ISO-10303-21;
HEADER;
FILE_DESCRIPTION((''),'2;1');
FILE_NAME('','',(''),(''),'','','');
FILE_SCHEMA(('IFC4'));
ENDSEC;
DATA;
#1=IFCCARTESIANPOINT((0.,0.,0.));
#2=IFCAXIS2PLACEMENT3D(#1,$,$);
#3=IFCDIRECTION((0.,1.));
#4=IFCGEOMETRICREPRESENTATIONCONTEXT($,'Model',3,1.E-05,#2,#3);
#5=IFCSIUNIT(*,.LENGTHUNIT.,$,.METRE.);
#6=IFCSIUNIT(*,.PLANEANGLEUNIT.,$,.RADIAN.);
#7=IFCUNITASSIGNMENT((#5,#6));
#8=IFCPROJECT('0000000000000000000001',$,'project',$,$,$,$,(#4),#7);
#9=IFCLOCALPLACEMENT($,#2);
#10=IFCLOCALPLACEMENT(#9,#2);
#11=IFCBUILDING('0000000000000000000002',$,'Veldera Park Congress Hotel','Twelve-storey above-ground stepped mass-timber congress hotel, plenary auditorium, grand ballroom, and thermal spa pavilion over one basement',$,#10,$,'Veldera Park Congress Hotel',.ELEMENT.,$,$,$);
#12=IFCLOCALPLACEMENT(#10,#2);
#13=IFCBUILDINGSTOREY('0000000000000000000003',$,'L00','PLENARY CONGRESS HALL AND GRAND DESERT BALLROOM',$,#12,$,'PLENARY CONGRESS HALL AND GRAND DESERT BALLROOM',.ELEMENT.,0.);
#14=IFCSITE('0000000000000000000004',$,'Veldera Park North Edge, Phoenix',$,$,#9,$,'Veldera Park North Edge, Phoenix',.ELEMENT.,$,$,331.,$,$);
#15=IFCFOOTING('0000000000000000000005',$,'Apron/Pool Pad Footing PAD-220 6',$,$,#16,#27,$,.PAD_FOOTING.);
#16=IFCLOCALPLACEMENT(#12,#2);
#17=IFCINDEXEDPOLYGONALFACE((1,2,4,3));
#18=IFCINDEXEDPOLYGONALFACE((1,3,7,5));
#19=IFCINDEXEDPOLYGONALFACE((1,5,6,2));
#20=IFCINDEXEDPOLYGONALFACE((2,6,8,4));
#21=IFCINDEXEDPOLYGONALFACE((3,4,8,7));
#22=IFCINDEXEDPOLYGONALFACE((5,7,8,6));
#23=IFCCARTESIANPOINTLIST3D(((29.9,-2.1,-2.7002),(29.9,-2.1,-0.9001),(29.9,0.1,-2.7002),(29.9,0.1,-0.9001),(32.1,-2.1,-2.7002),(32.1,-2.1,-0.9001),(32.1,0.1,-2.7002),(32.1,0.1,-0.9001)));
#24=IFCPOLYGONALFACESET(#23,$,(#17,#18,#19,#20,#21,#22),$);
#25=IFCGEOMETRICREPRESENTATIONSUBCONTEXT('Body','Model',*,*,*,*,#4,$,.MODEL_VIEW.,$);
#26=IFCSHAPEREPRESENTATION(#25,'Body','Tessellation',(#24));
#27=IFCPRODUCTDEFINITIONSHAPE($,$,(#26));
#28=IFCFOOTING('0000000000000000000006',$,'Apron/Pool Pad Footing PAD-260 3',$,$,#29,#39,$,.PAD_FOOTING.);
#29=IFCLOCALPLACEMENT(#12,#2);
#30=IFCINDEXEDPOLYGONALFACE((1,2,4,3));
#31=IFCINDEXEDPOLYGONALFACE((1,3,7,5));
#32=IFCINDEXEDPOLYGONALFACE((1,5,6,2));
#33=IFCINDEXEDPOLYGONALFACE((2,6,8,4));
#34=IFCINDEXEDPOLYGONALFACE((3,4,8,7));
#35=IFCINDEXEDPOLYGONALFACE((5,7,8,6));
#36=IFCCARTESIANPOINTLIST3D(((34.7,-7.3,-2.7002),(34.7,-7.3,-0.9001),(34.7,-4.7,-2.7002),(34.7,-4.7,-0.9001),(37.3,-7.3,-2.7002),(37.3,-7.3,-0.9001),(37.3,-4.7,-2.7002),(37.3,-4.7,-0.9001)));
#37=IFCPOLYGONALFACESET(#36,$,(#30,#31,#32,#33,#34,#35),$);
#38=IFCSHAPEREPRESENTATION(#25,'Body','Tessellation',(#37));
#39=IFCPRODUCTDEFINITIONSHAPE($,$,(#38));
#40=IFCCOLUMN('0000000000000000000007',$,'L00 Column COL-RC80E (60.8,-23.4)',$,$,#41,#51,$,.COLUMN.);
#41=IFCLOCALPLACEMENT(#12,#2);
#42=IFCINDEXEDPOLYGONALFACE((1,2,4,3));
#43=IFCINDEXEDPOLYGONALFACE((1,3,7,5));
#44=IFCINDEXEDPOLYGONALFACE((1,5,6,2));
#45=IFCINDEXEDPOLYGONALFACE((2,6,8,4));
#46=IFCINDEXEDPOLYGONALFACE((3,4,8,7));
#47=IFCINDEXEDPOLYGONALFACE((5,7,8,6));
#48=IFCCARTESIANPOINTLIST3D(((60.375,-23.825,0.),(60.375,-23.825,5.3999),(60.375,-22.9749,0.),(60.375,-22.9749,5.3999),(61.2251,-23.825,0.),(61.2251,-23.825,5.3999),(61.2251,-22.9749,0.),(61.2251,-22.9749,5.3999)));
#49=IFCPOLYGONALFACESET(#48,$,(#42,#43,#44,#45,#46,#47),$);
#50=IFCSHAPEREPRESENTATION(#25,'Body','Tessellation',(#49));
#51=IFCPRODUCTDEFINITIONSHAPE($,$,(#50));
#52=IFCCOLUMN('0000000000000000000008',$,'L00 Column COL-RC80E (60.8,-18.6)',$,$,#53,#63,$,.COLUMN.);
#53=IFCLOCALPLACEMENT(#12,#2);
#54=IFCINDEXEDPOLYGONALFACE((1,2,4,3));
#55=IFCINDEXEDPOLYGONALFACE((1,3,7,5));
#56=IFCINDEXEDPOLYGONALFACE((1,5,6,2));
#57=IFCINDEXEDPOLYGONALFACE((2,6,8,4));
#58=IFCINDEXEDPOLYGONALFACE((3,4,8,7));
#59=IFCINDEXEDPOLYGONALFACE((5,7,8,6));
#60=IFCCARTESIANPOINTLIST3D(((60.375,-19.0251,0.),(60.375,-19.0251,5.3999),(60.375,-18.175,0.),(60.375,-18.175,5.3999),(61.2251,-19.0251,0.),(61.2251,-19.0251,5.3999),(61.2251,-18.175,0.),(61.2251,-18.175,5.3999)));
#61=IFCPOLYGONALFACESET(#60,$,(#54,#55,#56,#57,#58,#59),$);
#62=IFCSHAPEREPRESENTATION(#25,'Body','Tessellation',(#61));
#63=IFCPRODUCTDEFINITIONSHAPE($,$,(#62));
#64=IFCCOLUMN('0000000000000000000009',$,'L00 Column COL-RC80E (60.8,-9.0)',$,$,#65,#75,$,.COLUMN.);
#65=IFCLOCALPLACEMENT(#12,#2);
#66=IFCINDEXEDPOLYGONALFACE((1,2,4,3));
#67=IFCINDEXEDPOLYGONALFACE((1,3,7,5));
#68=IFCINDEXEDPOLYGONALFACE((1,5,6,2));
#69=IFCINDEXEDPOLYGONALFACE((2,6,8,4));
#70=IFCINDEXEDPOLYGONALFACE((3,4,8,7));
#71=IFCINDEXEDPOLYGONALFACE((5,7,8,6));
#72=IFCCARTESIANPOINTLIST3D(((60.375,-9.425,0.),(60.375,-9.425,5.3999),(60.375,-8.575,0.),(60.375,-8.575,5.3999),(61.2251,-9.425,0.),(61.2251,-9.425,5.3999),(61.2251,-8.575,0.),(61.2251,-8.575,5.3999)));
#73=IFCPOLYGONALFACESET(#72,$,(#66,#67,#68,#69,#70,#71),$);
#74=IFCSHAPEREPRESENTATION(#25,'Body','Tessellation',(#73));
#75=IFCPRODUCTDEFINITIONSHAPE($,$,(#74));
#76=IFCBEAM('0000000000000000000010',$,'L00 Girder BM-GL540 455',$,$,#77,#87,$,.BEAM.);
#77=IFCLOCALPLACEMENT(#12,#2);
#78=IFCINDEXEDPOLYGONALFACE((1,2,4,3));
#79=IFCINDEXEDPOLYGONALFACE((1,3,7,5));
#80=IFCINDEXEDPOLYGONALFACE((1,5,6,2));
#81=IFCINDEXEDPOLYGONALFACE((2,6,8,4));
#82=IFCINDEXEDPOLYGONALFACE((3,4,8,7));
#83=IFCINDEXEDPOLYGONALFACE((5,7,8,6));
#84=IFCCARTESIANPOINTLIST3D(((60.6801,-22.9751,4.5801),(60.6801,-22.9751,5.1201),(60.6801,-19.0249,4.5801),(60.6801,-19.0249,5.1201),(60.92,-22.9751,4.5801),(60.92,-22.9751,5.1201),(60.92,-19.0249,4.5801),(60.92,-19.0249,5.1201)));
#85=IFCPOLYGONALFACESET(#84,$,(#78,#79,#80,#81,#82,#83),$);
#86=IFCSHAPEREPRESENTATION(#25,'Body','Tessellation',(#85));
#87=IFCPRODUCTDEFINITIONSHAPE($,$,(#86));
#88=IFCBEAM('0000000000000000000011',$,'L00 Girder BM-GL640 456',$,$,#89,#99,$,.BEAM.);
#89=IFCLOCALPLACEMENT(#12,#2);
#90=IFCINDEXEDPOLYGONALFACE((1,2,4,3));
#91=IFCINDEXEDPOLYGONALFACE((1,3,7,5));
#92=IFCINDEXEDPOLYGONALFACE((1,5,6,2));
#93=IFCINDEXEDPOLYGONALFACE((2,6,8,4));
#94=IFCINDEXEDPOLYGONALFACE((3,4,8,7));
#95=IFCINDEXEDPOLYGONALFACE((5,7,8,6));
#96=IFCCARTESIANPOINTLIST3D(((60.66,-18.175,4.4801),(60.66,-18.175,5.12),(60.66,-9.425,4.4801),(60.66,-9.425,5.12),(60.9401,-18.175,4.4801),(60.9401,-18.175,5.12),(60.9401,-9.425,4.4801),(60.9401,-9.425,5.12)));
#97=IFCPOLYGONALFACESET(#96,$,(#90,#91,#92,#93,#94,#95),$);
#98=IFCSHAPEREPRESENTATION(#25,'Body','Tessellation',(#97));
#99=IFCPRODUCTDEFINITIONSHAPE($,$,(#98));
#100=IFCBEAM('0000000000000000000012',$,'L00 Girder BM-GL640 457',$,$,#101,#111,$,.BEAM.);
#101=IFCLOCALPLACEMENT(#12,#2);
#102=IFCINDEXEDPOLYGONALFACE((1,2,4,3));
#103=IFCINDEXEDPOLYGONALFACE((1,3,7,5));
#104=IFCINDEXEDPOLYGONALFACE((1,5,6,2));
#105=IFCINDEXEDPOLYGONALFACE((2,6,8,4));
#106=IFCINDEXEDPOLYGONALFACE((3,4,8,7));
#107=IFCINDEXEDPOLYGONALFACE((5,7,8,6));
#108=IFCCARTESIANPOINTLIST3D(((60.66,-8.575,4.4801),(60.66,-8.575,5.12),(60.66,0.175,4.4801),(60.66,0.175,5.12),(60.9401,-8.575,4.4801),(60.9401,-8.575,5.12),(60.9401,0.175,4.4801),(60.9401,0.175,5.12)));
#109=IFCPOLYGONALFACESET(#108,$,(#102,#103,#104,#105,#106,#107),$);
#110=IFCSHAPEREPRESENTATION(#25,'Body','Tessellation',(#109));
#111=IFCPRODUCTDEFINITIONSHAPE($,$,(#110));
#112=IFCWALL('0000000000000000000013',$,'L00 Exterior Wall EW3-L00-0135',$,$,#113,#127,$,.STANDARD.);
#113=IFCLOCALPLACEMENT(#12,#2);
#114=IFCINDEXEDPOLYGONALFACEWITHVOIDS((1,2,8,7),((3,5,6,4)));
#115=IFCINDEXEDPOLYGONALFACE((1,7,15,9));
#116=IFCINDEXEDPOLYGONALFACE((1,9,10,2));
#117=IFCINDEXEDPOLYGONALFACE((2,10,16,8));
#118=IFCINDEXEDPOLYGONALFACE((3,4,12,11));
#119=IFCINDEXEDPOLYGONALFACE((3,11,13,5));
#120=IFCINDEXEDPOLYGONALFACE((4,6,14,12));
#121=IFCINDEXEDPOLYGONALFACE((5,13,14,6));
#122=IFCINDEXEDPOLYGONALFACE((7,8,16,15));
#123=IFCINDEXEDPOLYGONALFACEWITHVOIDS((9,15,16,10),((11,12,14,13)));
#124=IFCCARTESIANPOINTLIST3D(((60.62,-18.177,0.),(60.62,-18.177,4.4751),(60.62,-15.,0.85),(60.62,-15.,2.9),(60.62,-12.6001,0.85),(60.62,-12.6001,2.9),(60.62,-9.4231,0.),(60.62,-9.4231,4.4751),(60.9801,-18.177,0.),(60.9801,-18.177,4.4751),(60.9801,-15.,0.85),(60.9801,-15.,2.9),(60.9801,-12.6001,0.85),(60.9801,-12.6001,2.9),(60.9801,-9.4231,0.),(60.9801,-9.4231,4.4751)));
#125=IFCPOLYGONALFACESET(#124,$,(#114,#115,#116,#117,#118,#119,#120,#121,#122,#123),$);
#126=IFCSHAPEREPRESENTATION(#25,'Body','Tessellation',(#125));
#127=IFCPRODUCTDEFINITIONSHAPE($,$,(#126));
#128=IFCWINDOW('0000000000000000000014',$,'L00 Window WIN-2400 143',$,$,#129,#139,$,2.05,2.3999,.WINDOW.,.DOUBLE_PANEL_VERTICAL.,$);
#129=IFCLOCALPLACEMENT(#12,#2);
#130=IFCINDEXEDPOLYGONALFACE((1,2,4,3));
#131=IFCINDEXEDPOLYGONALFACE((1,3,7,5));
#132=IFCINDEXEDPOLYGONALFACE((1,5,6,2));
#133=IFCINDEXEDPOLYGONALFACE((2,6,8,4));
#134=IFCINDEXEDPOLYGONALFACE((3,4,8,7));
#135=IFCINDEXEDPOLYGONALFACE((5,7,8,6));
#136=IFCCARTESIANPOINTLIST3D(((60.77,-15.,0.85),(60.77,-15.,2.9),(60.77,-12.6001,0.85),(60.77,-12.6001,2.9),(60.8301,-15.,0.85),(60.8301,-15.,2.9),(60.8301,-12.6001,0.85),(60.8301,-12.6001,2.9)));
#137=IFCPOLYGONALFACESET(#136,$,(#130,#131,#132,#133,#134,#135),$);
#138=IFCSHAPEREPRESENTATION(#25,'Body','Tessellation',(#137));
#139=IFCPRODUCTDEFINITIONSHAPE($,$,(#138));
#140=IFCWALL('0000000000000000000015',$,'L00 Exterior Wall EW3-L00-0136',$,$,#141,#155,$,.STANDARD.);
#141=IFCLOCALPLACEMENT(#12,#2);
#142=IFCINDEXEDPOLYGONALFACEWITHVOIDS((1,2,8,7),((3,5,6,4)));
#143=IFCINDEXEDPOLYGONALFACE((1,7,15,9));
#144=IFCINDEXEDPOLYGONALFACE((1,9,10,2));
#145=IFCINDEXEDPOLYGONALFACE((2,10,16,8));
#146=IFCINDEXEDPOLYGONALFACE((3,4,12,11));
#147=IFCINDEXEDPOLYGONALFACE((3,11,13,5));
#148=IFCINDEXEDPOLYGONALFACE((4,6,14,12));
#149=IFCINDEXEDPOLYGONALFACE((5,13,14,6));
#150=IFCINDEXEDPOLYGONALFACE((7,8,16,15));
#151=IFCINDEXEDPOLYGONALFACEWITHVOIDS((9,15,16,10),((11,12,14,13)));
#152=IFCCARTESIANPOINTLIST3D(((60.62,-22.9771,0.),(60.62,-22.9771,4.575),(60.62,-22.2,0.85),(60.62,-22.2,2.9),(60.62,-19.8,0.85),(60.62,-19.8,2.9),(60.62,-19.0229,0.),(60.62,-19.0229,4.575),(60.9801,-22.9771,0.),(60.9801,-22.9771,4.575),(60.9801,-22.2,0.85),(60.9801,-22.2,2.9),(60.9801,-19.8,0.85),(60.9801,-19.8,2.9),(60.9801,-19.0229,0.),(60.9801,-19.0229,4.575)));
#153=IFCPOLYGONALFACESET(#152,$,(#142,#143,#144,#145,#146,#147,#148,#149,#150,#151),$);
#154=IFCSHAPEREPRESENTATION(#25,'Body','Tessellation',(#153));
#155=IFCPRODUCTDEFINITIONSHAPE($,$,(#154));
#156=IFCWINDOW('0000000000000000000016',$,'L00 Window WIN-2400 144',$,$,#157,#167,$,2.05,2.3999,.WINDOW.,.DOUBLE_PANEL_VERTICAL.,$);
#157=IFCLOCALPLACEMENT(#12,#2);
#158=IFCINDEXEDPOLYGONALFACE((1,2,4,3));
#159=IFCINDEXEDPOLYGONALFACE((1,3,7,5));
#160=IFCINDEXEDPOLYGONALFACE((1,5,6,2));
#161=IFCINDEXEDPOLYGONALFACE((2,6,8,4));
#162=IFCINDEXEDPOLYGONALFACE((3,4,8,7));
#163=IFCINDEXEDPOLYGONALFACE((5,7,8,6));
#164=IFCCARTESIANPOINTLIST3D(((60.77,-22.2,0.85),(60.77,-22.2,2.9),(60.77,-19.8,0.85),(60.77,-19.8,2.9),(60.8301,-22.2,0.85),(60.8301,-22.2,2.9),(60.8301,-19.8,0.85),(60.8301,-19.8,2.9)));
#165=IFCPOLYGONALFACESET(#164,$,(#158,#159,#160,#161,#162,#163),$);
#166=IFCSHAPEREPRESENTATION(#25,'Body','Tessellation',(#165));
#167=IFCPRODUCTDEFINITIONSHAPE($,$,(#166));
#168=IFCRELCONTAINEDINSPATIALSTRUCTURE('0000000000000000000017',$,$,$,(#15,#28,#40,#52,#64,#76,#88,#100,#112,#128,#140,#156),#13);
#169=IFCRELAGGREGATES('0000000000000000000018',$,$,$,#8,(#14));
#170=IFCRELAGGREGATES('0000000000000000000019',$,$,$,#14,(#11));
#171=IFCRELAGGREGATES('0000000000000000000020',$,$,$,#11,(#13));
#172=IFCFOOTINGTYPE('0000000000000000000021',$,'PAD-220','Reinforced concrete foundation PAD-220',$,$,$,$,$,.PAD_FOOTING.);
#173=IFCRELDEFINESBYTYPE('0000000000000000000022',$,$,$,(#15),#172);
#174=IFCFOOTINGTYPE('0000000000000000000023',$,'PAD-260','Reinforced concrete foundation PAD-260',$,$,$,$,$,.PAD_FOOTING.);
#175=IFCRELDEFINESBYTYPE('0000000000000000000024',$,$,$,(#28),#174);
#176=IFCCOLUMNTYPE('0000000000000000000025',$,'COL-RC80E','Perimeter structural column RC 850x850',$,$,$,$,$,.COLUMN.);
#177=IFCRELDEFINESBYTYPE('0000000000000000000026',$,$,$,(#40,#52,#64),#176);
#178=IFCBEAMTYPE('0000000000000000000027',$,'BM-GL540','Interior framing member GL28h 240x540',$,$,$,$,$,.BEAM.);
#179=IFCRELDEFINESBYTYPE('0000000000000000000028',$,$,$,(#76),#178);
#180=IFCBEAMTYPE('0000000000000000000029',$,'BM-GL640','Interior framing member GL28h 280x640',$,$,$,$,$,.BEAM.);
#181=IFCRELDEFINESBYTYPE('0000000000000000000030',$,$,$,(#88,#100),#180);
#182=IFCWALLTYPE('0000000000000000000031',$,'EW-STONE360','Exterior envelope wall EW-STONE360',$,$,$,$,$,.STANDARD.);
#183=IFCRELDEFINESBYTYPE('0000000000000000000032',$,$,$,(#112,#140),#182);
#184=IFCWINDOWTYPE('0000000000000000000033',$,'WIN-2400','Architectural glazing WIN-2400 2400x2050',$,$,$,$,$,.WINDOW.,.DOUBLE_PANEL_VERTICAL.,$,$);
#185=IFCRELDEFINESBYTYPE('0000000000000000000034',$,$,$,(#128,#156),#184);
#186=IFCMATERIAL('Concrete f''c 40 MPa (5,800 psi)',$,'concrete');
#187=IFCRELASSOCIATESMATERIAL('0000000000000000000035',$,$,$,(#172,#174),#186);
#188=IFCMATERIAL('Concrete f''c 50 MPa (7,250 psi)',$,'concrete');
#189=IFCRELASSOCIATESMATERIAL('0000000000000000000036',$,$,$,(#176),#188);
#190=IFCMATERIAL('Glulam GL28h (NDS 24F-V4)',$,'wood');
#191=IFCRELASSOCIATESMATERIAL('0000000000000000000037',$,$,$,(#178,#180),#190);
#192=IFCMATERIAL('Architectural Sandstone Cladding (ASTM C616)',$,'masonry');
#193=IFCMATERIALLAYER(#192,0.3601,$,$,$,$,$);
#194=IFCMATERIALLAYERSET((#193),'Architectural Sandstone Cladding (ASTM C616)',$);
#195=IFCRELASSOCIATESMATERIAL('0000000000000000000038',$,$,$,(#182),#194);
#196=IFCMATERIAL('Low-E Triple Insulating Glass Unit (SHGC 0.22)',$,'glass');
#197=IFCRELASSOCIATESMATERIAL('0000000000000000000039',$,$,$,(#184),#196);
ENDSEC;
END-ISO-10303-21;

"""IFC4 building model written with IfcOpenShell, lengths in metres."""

from ifc_helpers import new_model, si_unit, direction, frame, frame_2d, origin, origin_2d, place, context, subcontext, project, spatial, rectangle, extrude, material, layer, layer_set, material_profile, profile_set, type_object, element, fill, save


model = new_model("IFC4")

# Units and contexts
model_context = context("Model", 3, precision=1e-05, world=origin(), true_north=direction((0.0, 1.0)))
body_context = subcontext(model_context, "Body", "Model", "MODEL_VIEW")
ifc_project = project(units=[si_unit("LENGTHUNIT", "METRE"), si_unit("PLANEANGLEUNIT", "RADIAN")], contexts=[model_context])

# Site, building, storey
site_placement = place(None, origin())
site = spatial("IfcSite", under=ifc_project, at=site_placement, Name="Veldera Park North Edge, Phoenix", LongName="Veldera Park North Edge, Phoenix", CompositionType="ELEMENT", RefElevation=331.0)
building_placement = place(site_placement, origin())
building = spatial("IfcBuilding", under=site, at=building_placement, Name="Veldera Park Congress Hotel", Description="Twelve-storey above-ground stepped mass-timber congress hotel, plenary auditorium, grand ballroom, and thermal spa pavilion over one basement", LongName="Veldera Park Congress Hotel", CompositionType="ELEMENT")
storey_placement = place(building_placement, origin())
storey = spatial("IfcBuildingStorey", under=building, at=storey_placement, Name="L00", Description="PLENARY CONGRESS HALL AND GRAND DESERT BALLROOM", LongName="PLENARY CONGRESS HALL AND GRAND DESERT BALLROOM", CompositionType="ELEMENT", Elevation=0.0)

# Footings
ifc_material_1 = material(Name="Concrete f'c 40 MPa (5,800 psi)", Category="concrete")
footing_type_1 = type_object("IfcFootingType", Name="PAD-220", Description="Reinforced concrete foundation PAD-220", PredefinedType="PAD_FOOTING", material=ifc_material_1)
footing_1_placement = place(storey_placement, frame((31.0, -1.0, -2.7002), z_axis=(0.0, 0.0, 1.0), x_axis=(1.0, 0.0, 0.0)))
element("IfcFooting", 1, at=footing_1_placement, inside=storey, type_object=footing_type_1, Name="Apron/Pool Pad Footing PAD-220 6", PredefinedType="PAD_FOOTING", context=body_context, shape_type="SweptSolid", body=[
    extrude(rectangle(XDim=2.2, YDim=2.2, at=origin_2d()), origin(), (0.0, 0.0, 1.0), 1.8),
])
footing_type_2 = type_object("IfcFootingType", Name="PAD-260", Description="Reinforced concrete foundation PAD-260", PredefinedType="PAD_FOOTING", material=ifc_material_1)
footing_2_placement = place(storey_placement, frame((36.0, -6.0, -2.7002), z_axis=(0.0, 0.0, 1.0), x_axis=(1.0, 0.0, 0.0)))
element("IfcFooting", 2, at=footing_2_placement, inside=storey, type_object=footing_type_2, Name="Apron/Pool Pad Footing PAD-260 3", PredefinedType="PAD_FOOTING", context=body_context, shape_type="SweptSolid", body=[
    extrude(rectangle(XDim=2.6001, YDim=2.6001, at=origin_2d()), origin(), (0.0, 0.0, 1.0), 1.8),
])

# Columns
ifc_material_2 = material(Name="Concrete f'c 50 MPa (7,250 psi)", Category="concrete")
ifc_material_profile_1 = material_profile(ifc_material_2, rectangle(XDim=0.8501, YDim=0.8501, at=origin_2d()), Name="RC 850x850")
ifc_profile_set_1 = profile_set([ifc_material_profile_1], Name="Concrete f'c 50 MPa (7,250 psi)")
column_type = type_object("IfcColumnType", Name="COL-RC80E", Description="Perimeter structural column RC 850x850", PredefinedType="COLUMN", material=ifc_profile_set_1)
for number, where, z_axis, x_axis, name in (
    (3, (60.8, -23.3999, 0.0), (0.0, 0.0, 1.0), (1.0, 0.0, 0.0), "L00 Column COL-RC80E (60.8,-23.4)"),
    (4, (60.8, -18.6001, 0.0), (0.0, 0.0, 1.0), (1.0, 0.0, 0.0), "L00 Column COL-RC80E (60.8,-18.6)"),
    (5, (60.8, -9.0, 0.0), (0.0, 0.0, 1.0), (1.0, 0.0, 0.0), "L00 Column COL-RC80E (60.8,-9.0)"),
):
    element("IfcColumn", number, at=place(storey_placement, frame(where, z_axis=z_axis, x_axis=x_axis)), inside=storey, type_object=column_type, Name=name, PredefinedType="COLUMN", context=body_context, shape_type="SweptSolid", body=[
        extrude(rectangle(XDim=0.8501, YDim=0.8501, at=origin_2d()), origin(), (0.0, 0.0, 1.0), 5.3999),
    ])

# Beams
ifc_material_3 = material(Name="Glulam GL28h (NDS 24F-V4)", Category="wood")
ifc_material_profile_2 = material_profile(ifc_material_3, rectangle(XDim=0.24, YDim=0.54, at=origin_2d()), Name="GL28h 240x540")
ifc_profile_set_2 = profile_set([ifc_material_profile_2], Name="Glulam GL28h (NDS 24F-V4)")
beam_type_1 = type_object("IfcBeamType", Name="BM-GL540", Description="Interior framing member GL28h 240x540", PredefinedType="BEAM", material=ifc_profile_set_2)
beam_placement = place(storey_placement, frame((60.8, -22.9751, 4.8501), z_axis=(0.0, 1.0, 0.0), x_axis=(-1.0, 0.0, 0.0)))
element("IfcBeam", 6, at=beam_placement, inside=storey, type_object=beam_type_1, Name="L00 Girder BM-GL540 455", PredefinedType="BEAM", context=body_context, shape_type="SweptSolid", body=[
    extrude(rectangle(XDim=0.24, YDim=0.54, at=origin_2d()), origin(), (0.0, 0.0, 1.0), 3.9502),
])
ifc_material_profile_3 = material_profile(ifc_material_3, rectangle(XDim=0.28, YDim=0.6399, at=origin_2d()), Name="GL28h 280x640")
ifc_profile_set_3 = profile_set([ifc_material_profile_3], Name="Glulam GL28h (NDS 24F-V4)")
beam_type_2 = type_object("IfcBeamType", Name="BM-GL640", Description="Interior framing member GL28h 280x640", PredefinedType="BEAM", material=ifc_profile_set_3)
for number, where, z_axis, x_axis, name in (
    (7, (60.8, -18.175, 4.8), (0.0, 1.0, 0.0), (-1.0, 0.0, 0.0), "L00 Girder BM-GL640 456"),
    (8, (60.8, -8.575, 4.8), (0.0, 1.0, 0.0), (-1.0, 0.0, 0.0), "L00 Girder BM-GL640 457"),
):
    element("IfcBeam", number, at=place(storey_placement, frame(where, z_axis=z_axis, x_axis=x_axis)), inside=storey, type_object=beam_type_2, Name=name, PredefinedType="BEAM", context=body_context, shape_type="SweptSolid", body=[
        extrude(rectangle(XDim=0.28, YDim=0.6399, at=origin_2d()), origin(), (0.0, 0.0, 1.0), 8.75),
    ])

# Walls, openings, windows
ifc_material_4 = material(Name="Architectural Sandstone Cladding (ASTM C616)", Category="masonry")
ifc_layer = layer(ifc_material_4, 0.3601)
ifc_layer_set = layer_set([ifc_layer], Name="Architectural Sandstone Cladding (ASTM C616)")
wall_type = type_object("IfcWallType", Name="EW-STONE360", Description="Exterior envelope wall EW-STONE360", PredefinedType="STANDARD", material=ifc_layer_set)
wall_1_placement = place(storey_placement, frame((60.8, -9.4231, 0.0), z_axis=(0.0, 0.0, 1.0), x_axis=(0.0, -1.0, 0.0)))
wall_1 = element("IfcWall", 9, at=wall_1_placement, inside=storey, type_object=wall_type, Name="L00 Exterior Wall EW3-L00-0135", PredefinedType="STANDARD", context=body_context, shape_type="SweptSolid", body=[
    extrude(rectangle(XDim=8.7539, YDim=0.3601, at=frame_2d((4.377, 0.0))), origin(), (0.0, 0.0, 1.0), 4.4751),
])
opening_1_placement = place(wall_1_placement, frame((3.177, 0.0, 0.8501)))
opening_1 = element("IfcOpeningElement", 10, at=opening_1_placement, cuts=wall_1, PredefinedType="OPENING", context=body_context, shape_type="SweptSolid", body=[
    extrude(rectangle(XDim=2.3999, YDim=2.05, at=frame_2d((1.2, 1.0249))), frame((0.0, 0.1921, 0.0), z_axis=(0.0, -1.0, 0.0), x_axis=(1.0, 0.0, 0.0)), (0.0, 0.0, 1.0), 0.384),
])
ifc_material_5 = material(Name="Low-E Triple Insulating Glass Unit (SHGC 0.22)", Category="glass")
window_type = type_object("IfcWindowType", Name="WIN-2400", Description="Architectural glazing WIN-2400 2400x2050", PartitioningType="DOUBLE_PANEL_VERTICAL", PredefinedType="WINDOW", material=ifc_material_5)
window_1_placement = place(opening_1_placement, origin())
window_1 = element("IfcWindow", 11, at=window_1_placement, inside=storey, type_object=window_type, Name="L00 Window WIN-2400 143", OverallHeight=2.05, OverallWidth=2.3999, PartitioningType="DOUBLE_PANEL_VERTICAL", PredefinedType="WINDOW", context=body_context, shape_type="SweptSolid", body=[
    extrude(rectangle(XDim=2.3999, YDim=2.05, at=frame_2d((1.2, 1.0249))), frame((0.0, 0.03, 0.0), z_axis=(0.0, -1.0, 0.0), x_axis=(1.0, 0.0, 0.0)), (0.0, 0.0, 1.0), 0.0601),
])
fill(opening_1, window_1)
wall_2_placement = place(storey_placement, frame((60.8, -19.0229, 0.0), z_axis=(0.0, 0.0, 1.0), x_axis=(0.0, -1.0, 0.0)))
wall_2 = element("IfcWall", 12, at=wall_2_placement, inside=storey, type_object=wall_type, Name="L00 Exterior Wall EW3-L00-0136", PredefinedType="STANDARD", context=body_context, shape_type="SweptSolid", body=[
    extrude(rectangle(XDim=3.9541, YDim=0.3601, at=frame_2d((1.9771, 0.0))), origin(), (0.0, 0.0, 1.0), 4.575),
])
opening_2_placement = place(wall_2_placement, frame((0.7771, 0.0, 0.8501)))
opening_2 = element("IfcOpeningElement", 13, at=opening_2_placement, cuts=wall_2, PredefinedType="OPENING", context=body_context, shape_type="SweptSolid", body=[
    extrude(rectangle(XDim=2.3999, YDim=2.05, at=frame_2d((1.2, 1.0249))), frame((0.0, 0.1921, 0.0), z_axis=(0.0, -1.0, 0.0), x_axis=(1.0, 0.0, 0.0)), (0.0, 0.0, 1.0), 0.384),
])
window_2_placement = place(opening_2_placement, origin())
window_2 = element("IfcWindow", 14, at=window_2_placement, inside=storey, type_object=window_type, Name="L00 Window WIN-2400 144", OverallHeight=2.05, OverallWidth=2.3999, PartitioningType="DOUBLE_PANEL_VERTICAL", PredefinedType="WINDOW", context=body_context, shape_type="SweptSolid", body=[
    extrude(rectangle(XDim=2.3999, YDim=2.05, at=frame_2d((1.2, 1.0249))), frame((0.0, 0.03, 0.0), z_axis=(0.0, -1.0, 0.0), x_axis=(1.0, 0.0, 0.0)), (0.0, 0.0, 1.0), 0.0601),
])
fill(opening_2, window_2)

save(model, "model.ifc")
